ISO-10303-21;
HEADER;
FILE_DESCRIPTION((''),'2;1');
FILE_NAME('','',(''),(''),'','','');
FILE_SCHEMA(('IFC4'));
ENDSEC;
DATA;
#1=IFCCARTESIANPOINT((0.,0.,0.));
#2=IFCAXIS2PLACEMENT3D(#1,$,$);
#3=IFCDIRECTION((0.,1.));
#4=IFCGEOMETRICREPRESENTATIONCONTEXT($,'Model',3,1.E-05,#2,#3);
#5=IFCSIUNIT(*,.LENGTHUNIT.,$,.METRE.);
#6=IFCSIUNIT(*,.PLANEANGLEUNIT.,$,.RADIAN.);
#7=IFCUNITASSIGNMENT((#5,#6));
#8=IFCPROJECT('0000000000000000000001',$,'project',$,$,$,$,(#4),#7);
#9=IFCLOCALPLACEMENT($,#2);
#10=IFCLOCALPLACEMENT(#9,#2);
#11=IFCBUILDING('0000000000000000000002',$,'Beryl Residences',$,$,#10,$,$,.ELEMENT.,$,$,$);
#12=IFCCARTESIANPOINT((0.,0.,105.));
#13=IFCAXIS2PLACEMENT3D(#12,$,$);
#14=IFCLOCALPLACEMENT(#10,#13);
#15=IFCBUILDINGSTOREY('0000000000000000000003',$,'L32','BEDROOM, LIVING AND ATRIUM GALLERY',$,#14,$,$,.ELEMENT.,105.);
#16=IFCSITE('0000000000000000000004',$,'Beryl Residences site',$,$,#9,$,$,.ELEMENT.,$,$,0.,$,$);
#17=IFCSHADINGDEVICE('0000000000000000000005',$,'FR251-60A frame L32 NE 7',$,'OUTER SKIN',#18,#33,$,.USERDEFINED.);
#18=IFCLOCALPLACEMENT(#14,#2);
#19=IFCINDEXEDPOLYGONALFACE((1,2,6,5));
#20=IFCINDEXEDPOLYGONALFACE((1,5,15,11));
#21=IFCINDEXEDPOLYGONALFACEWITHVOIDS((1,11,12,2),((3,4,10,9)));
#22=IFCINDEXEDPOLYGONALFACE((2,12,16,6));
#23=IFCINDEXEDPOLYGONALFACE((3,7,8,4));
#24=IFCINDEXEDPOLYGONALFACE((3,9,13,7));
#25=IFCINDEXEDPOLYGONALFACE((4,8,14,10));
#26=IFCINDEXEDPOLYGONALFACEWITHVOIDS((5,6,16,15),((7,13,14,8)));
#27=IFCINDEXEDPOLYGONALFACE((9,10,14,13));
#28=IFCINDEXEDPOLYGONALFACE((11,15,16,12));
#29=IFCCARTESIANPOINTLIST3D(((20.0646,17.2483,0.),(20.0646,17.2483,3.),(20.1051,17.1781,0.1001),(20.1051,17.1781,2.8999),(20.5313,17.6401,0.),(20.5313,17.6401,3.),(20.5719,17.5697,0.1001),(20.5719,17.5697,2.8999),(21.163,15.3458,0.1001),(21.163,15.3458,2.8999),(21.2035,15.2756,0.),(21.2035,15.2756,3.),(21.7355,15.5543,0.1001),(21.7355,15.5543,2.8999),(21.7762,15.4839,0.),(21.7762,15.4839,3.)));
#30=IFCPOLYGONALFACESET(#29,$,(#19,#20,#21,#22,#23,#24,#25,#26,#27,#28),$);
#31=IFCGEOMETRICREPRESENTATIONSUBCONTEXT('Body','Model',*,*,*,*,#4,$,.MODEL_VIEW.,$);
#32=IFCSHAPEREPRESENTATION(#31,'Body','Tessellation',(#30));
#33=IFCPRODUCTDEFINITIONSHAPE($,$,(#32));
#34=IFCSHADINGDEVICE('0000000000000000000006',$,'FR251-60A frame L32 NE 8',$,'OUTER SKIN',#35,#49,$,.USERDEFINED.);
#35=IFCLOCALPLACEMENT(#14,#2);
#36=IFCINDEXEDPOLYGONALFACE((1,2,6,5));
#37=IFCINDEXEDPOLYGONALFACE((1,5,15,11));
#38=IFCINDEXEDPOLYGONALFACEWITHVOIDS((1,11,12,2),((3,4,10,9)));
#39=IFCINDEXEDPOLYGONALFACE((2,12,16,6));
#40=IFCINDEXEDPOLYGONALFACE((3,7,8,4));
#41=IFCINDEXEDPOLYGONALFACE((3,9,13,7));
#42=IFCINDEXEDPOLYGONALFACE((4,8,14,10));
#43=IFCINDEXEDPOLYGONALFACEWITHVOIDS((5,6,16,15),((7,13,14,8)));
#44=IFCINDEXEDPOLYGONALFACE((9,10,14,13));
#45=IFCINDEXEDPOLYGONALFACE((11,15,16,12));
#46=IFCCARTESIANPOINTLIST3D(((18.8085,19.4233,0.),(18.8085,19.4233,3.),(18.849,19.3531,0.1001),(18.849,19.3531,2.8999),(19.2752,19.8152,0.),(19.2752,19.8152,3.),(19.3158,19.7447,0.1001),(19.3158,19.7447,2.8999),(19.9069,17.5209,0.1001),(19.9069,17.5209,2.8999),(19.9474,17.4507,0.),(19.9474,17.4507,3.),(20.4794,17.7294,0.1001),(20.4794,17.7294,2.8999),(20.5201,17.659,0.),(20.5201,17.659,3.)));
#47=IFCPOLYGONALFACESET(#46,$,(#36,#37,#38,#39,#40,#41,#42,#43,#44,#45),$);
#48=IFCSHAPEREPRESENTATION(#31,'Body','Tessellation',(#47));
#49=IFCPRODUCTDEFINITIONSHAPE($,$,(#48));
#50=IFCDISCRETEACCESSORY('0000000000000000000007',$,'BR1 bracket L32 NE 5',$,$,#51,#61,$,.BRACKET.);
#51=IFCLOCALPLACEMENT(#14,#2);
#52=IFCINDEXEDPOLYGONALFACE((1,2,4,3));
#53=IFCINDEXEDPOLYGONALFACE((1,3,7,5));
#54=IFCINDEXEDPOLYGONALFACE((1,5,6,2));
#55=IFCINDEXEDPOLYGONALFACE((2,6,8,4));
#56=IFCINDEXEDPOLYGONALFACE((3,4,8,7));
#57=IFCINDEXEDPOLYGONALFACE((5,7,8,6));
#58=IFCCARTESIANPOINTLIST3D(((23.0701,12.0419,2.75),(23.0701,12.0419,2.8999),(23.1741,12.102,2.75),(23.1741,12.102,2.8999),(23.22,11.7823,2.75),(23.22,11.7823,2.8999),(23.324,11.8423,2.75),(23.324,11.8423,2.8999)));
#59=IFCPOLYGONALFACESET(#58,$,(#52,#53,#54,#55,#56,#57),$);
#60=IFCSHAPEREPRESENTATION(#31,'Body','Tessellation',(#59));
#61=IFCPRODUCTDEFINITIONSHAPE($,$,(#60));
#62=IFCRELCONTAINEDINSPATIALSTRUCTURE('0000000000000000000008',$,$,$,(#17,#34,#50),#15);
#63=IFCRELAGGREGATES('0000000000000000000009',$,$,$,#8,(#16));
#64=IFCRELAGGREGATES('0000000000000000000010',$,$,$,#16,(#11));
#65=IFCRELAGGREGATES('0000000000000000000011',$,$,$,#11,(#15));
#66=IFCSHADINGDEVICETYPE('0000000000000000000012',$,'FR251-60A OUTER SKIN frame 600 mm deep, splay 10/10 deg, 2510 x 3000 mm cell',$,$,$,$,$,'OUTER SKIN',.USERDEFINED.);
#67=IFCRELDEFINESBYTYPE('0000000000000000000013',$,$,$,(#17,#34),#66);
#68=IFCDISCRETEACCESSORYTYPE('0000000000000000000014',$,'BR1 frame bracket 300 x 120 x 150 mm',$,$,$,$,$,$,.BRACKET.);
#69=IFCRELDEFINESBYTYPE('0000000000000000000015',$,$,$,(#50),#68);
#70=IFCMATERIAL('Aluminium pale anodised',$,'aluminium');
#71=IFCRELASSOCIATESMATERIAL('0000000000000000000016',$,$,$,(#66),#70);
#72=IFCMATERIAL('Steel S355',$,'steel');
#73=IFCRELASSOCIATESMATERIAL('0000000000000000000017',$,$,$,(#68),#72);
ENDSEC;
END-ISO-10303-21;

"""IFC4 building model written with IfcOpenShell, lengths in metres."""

from ifc_helpers import new_model, entity, si_unit, direction, frame, origin, place, context, subcontext, project, spatial, polyline, outline, extrude, source, transform, mapped, material, type_object, type_shapes, element, save


model = new_model("IFC4")

# Units and contexts
model_context = context("Model", 3, precision=1e-05, world=origin(), true_north=direction((0.0, 1.0)))
body_context = subcontext(model_context, "Body", "Model", "MODEL_VIEW")
ifc_project = project(units=[si_unit("LENGTHUNIT", "METRE"), si_unit("PLANEANGLEUNIT", "RADIAN")], contexts=[model_context])

# Site, building, storey
site_placement = place(None, origin())
site = spatial("IfcSite", under=ifc_project, at=site_placement, Name="Beryl Residences site", CompositionType="ELEMENT", RefElevation=0.0)
building_placement = place(site_placement, origin())
building = spatial("IfcBuilding", under=site, at=building_placement, Name="Beryl Residences", CompositionType="ELEMENT")
storey_placement = place(building_placement, frame((0.0, 0.0, 105.0)))
storey = spatial("IfcBuildingStorey", under=building, at=storey_placement, Name="L32", Description="BEDROOM, LIVING AND ATRIUM GALLERY", CompositionType="ELEMENT", Elevation=105.0)

# Shading devices
ifc_material_1 = material(Name="Aluminium pale anodised", Category="aluminium")
shading_device_type = type_object("IfcShadingDeviceType", Name="FR251-60A OUTER SKIN frame 600 mm deep, splay 10/10 deg, 2510 x 3000 mm cell", ElementType="OUTER SKIN", PredefinedType="USERDEFINED", material=ifc_material_1)
cartesian_point_1 = entity("IfcCartesianPoint", [-1.1389, 0.0])
cartesian_point_2 = entity("IfcCartesianPoint", [-1.0579, 0.1001])
cartesian_point_3 = entity("IfcCartesianPoint", [-1.2449, 0.0])
cartesian_point_4 = entity("IfcCartesianPoint", [-1.1636, 0.1001])
shared_shape_1 = source(origin(), body_context, "Body", "SweptSolid", [
    entity("IfcExtrudedAreaSolidTapered", entity("IfcArbitraryProfileDefWithVoids", "AREA", None, entity("IfcPolyline", [cartesian_point_1, entity("IfcCartesianPoint", [1.1389, 0.0]), entity("IfcCartesianPoint", [1.1389, 3.0]), entity("IfcCartesianPoint", [-1.1389, 3.0]), cartesian_point_1]), [entity("IfcPolyline", [cartesian_point_2, entity("IfcCartesianPoint", [1.0579, 0.1001]), entity("IfcCartesianPoint", [1.0579, 2.8999]), entity("IfcCartesianPoint", [-1.0579, 2.8999]), cartesian_point_2])]), entity("IfcAxis2Placement3D", entity("IfcCartesianPoint", [0.0, 0.0, 0.0]), entity("IfcDirection", [0.0, 1.0, 0.0]), entity("IfcDirection", [-1.0, 0.0, 0.0])), entity("IfcDirection", [0.0, 0.0, 1.0]), 0.6001, entity("IfcArbitraryProfileDefWithVoids", "AREA", None, entity("IfcPolyline", [cartesian_point_3, entity("IfcCartesianPoint", [1.2449, 0.0]), entity("IfcCartesianPoint", [1.2449, 3.0]), entity("IfcCartesianPoint", [-1.2449, 3.0]), cartesian_point_3]), [entity("IfcPolyline", [cartesian_point_4, entity("IfcCartesianPoint", [1.1636, 0.1001]), entity("IfcCartesianPoint", [1.1636, 2.8999]), entity("IfcCartesianPoint", [-1.1636, 2.8999]), cartesian_point_4])])),
])
type_shapes(shading_device_type, [shared_shape_1])
for number, where, z_axis, x_axis, name in (
    (1, (20.634, 16.262, 0.0), (0.0, 0.0, 1.0), (0.5, -0.866025, 0.0), "FR251-60A frame L32 NE 7"),
    (2, (19.3779, 18.437, 0.0), (0.0, 0.0, 1.0), (0.5, -0.866025, 0.0), "FR251-60A frame L32 NE 8"),
):
    element("IfcShadingDevice", number, at=place(storey_placement, frame(where, z_axis=z_axis, x_axis=x_axis)), inside=storey, type_object=shading_device_type, Name=name, ObjectType="OUTER SKIN", PredefinedType="USERDEFINED", context=body_context, shape_type="MappedRepresentation", body=[
        mapped(shared_shape_1, transform((0.0, 0.0, 0.0))),
    ])

# Discrete accessory
ifc_material_2 = material(Name="Steel S355", Category="steel")
discrete_accessory_type = type_object("IfcDiscreteAccessoryType", Name="BR1 frame bracket 300 x 120 x 150 mm", PredefinedType="BRACKET", material=ifc_material_2)
shared_shape_2 = source(origin(), body_context, "Body", "SweptSolid", [
    extrude(outline(polyline([(-0.1499, 0.0), (0.1499, 0.0), (0.1499, 0.1201), (-0.1499, 0.1201), (-0.1499, 0.0)])), origin(), (0.0, 0.0, 1.0), 0.1499),
])
type_shapes(discrete_accessory_type, [shared_shape_2])
discrete_accessory_placement = place(storey_placement, frame((23.145, 11.9121, 2.75), z_axis=(0.0, 0.0, 1.0), x_axis=(0.5, -0.866025, 0.0)))
element("IfcDiscreteAccessory", 3, at=discrete_accessory_placement, inside=storey, type_object=discrete_accessory_type, Name="BR1 bracket L32 NE 5", PredefinedType="BRACKET", context=body_context, shape_type="MappedRepresentation", body=[
    mapped(shared_shape_2, transform((0.0, 0.0, 0.0))),
])

save(model, "model.ifc")
